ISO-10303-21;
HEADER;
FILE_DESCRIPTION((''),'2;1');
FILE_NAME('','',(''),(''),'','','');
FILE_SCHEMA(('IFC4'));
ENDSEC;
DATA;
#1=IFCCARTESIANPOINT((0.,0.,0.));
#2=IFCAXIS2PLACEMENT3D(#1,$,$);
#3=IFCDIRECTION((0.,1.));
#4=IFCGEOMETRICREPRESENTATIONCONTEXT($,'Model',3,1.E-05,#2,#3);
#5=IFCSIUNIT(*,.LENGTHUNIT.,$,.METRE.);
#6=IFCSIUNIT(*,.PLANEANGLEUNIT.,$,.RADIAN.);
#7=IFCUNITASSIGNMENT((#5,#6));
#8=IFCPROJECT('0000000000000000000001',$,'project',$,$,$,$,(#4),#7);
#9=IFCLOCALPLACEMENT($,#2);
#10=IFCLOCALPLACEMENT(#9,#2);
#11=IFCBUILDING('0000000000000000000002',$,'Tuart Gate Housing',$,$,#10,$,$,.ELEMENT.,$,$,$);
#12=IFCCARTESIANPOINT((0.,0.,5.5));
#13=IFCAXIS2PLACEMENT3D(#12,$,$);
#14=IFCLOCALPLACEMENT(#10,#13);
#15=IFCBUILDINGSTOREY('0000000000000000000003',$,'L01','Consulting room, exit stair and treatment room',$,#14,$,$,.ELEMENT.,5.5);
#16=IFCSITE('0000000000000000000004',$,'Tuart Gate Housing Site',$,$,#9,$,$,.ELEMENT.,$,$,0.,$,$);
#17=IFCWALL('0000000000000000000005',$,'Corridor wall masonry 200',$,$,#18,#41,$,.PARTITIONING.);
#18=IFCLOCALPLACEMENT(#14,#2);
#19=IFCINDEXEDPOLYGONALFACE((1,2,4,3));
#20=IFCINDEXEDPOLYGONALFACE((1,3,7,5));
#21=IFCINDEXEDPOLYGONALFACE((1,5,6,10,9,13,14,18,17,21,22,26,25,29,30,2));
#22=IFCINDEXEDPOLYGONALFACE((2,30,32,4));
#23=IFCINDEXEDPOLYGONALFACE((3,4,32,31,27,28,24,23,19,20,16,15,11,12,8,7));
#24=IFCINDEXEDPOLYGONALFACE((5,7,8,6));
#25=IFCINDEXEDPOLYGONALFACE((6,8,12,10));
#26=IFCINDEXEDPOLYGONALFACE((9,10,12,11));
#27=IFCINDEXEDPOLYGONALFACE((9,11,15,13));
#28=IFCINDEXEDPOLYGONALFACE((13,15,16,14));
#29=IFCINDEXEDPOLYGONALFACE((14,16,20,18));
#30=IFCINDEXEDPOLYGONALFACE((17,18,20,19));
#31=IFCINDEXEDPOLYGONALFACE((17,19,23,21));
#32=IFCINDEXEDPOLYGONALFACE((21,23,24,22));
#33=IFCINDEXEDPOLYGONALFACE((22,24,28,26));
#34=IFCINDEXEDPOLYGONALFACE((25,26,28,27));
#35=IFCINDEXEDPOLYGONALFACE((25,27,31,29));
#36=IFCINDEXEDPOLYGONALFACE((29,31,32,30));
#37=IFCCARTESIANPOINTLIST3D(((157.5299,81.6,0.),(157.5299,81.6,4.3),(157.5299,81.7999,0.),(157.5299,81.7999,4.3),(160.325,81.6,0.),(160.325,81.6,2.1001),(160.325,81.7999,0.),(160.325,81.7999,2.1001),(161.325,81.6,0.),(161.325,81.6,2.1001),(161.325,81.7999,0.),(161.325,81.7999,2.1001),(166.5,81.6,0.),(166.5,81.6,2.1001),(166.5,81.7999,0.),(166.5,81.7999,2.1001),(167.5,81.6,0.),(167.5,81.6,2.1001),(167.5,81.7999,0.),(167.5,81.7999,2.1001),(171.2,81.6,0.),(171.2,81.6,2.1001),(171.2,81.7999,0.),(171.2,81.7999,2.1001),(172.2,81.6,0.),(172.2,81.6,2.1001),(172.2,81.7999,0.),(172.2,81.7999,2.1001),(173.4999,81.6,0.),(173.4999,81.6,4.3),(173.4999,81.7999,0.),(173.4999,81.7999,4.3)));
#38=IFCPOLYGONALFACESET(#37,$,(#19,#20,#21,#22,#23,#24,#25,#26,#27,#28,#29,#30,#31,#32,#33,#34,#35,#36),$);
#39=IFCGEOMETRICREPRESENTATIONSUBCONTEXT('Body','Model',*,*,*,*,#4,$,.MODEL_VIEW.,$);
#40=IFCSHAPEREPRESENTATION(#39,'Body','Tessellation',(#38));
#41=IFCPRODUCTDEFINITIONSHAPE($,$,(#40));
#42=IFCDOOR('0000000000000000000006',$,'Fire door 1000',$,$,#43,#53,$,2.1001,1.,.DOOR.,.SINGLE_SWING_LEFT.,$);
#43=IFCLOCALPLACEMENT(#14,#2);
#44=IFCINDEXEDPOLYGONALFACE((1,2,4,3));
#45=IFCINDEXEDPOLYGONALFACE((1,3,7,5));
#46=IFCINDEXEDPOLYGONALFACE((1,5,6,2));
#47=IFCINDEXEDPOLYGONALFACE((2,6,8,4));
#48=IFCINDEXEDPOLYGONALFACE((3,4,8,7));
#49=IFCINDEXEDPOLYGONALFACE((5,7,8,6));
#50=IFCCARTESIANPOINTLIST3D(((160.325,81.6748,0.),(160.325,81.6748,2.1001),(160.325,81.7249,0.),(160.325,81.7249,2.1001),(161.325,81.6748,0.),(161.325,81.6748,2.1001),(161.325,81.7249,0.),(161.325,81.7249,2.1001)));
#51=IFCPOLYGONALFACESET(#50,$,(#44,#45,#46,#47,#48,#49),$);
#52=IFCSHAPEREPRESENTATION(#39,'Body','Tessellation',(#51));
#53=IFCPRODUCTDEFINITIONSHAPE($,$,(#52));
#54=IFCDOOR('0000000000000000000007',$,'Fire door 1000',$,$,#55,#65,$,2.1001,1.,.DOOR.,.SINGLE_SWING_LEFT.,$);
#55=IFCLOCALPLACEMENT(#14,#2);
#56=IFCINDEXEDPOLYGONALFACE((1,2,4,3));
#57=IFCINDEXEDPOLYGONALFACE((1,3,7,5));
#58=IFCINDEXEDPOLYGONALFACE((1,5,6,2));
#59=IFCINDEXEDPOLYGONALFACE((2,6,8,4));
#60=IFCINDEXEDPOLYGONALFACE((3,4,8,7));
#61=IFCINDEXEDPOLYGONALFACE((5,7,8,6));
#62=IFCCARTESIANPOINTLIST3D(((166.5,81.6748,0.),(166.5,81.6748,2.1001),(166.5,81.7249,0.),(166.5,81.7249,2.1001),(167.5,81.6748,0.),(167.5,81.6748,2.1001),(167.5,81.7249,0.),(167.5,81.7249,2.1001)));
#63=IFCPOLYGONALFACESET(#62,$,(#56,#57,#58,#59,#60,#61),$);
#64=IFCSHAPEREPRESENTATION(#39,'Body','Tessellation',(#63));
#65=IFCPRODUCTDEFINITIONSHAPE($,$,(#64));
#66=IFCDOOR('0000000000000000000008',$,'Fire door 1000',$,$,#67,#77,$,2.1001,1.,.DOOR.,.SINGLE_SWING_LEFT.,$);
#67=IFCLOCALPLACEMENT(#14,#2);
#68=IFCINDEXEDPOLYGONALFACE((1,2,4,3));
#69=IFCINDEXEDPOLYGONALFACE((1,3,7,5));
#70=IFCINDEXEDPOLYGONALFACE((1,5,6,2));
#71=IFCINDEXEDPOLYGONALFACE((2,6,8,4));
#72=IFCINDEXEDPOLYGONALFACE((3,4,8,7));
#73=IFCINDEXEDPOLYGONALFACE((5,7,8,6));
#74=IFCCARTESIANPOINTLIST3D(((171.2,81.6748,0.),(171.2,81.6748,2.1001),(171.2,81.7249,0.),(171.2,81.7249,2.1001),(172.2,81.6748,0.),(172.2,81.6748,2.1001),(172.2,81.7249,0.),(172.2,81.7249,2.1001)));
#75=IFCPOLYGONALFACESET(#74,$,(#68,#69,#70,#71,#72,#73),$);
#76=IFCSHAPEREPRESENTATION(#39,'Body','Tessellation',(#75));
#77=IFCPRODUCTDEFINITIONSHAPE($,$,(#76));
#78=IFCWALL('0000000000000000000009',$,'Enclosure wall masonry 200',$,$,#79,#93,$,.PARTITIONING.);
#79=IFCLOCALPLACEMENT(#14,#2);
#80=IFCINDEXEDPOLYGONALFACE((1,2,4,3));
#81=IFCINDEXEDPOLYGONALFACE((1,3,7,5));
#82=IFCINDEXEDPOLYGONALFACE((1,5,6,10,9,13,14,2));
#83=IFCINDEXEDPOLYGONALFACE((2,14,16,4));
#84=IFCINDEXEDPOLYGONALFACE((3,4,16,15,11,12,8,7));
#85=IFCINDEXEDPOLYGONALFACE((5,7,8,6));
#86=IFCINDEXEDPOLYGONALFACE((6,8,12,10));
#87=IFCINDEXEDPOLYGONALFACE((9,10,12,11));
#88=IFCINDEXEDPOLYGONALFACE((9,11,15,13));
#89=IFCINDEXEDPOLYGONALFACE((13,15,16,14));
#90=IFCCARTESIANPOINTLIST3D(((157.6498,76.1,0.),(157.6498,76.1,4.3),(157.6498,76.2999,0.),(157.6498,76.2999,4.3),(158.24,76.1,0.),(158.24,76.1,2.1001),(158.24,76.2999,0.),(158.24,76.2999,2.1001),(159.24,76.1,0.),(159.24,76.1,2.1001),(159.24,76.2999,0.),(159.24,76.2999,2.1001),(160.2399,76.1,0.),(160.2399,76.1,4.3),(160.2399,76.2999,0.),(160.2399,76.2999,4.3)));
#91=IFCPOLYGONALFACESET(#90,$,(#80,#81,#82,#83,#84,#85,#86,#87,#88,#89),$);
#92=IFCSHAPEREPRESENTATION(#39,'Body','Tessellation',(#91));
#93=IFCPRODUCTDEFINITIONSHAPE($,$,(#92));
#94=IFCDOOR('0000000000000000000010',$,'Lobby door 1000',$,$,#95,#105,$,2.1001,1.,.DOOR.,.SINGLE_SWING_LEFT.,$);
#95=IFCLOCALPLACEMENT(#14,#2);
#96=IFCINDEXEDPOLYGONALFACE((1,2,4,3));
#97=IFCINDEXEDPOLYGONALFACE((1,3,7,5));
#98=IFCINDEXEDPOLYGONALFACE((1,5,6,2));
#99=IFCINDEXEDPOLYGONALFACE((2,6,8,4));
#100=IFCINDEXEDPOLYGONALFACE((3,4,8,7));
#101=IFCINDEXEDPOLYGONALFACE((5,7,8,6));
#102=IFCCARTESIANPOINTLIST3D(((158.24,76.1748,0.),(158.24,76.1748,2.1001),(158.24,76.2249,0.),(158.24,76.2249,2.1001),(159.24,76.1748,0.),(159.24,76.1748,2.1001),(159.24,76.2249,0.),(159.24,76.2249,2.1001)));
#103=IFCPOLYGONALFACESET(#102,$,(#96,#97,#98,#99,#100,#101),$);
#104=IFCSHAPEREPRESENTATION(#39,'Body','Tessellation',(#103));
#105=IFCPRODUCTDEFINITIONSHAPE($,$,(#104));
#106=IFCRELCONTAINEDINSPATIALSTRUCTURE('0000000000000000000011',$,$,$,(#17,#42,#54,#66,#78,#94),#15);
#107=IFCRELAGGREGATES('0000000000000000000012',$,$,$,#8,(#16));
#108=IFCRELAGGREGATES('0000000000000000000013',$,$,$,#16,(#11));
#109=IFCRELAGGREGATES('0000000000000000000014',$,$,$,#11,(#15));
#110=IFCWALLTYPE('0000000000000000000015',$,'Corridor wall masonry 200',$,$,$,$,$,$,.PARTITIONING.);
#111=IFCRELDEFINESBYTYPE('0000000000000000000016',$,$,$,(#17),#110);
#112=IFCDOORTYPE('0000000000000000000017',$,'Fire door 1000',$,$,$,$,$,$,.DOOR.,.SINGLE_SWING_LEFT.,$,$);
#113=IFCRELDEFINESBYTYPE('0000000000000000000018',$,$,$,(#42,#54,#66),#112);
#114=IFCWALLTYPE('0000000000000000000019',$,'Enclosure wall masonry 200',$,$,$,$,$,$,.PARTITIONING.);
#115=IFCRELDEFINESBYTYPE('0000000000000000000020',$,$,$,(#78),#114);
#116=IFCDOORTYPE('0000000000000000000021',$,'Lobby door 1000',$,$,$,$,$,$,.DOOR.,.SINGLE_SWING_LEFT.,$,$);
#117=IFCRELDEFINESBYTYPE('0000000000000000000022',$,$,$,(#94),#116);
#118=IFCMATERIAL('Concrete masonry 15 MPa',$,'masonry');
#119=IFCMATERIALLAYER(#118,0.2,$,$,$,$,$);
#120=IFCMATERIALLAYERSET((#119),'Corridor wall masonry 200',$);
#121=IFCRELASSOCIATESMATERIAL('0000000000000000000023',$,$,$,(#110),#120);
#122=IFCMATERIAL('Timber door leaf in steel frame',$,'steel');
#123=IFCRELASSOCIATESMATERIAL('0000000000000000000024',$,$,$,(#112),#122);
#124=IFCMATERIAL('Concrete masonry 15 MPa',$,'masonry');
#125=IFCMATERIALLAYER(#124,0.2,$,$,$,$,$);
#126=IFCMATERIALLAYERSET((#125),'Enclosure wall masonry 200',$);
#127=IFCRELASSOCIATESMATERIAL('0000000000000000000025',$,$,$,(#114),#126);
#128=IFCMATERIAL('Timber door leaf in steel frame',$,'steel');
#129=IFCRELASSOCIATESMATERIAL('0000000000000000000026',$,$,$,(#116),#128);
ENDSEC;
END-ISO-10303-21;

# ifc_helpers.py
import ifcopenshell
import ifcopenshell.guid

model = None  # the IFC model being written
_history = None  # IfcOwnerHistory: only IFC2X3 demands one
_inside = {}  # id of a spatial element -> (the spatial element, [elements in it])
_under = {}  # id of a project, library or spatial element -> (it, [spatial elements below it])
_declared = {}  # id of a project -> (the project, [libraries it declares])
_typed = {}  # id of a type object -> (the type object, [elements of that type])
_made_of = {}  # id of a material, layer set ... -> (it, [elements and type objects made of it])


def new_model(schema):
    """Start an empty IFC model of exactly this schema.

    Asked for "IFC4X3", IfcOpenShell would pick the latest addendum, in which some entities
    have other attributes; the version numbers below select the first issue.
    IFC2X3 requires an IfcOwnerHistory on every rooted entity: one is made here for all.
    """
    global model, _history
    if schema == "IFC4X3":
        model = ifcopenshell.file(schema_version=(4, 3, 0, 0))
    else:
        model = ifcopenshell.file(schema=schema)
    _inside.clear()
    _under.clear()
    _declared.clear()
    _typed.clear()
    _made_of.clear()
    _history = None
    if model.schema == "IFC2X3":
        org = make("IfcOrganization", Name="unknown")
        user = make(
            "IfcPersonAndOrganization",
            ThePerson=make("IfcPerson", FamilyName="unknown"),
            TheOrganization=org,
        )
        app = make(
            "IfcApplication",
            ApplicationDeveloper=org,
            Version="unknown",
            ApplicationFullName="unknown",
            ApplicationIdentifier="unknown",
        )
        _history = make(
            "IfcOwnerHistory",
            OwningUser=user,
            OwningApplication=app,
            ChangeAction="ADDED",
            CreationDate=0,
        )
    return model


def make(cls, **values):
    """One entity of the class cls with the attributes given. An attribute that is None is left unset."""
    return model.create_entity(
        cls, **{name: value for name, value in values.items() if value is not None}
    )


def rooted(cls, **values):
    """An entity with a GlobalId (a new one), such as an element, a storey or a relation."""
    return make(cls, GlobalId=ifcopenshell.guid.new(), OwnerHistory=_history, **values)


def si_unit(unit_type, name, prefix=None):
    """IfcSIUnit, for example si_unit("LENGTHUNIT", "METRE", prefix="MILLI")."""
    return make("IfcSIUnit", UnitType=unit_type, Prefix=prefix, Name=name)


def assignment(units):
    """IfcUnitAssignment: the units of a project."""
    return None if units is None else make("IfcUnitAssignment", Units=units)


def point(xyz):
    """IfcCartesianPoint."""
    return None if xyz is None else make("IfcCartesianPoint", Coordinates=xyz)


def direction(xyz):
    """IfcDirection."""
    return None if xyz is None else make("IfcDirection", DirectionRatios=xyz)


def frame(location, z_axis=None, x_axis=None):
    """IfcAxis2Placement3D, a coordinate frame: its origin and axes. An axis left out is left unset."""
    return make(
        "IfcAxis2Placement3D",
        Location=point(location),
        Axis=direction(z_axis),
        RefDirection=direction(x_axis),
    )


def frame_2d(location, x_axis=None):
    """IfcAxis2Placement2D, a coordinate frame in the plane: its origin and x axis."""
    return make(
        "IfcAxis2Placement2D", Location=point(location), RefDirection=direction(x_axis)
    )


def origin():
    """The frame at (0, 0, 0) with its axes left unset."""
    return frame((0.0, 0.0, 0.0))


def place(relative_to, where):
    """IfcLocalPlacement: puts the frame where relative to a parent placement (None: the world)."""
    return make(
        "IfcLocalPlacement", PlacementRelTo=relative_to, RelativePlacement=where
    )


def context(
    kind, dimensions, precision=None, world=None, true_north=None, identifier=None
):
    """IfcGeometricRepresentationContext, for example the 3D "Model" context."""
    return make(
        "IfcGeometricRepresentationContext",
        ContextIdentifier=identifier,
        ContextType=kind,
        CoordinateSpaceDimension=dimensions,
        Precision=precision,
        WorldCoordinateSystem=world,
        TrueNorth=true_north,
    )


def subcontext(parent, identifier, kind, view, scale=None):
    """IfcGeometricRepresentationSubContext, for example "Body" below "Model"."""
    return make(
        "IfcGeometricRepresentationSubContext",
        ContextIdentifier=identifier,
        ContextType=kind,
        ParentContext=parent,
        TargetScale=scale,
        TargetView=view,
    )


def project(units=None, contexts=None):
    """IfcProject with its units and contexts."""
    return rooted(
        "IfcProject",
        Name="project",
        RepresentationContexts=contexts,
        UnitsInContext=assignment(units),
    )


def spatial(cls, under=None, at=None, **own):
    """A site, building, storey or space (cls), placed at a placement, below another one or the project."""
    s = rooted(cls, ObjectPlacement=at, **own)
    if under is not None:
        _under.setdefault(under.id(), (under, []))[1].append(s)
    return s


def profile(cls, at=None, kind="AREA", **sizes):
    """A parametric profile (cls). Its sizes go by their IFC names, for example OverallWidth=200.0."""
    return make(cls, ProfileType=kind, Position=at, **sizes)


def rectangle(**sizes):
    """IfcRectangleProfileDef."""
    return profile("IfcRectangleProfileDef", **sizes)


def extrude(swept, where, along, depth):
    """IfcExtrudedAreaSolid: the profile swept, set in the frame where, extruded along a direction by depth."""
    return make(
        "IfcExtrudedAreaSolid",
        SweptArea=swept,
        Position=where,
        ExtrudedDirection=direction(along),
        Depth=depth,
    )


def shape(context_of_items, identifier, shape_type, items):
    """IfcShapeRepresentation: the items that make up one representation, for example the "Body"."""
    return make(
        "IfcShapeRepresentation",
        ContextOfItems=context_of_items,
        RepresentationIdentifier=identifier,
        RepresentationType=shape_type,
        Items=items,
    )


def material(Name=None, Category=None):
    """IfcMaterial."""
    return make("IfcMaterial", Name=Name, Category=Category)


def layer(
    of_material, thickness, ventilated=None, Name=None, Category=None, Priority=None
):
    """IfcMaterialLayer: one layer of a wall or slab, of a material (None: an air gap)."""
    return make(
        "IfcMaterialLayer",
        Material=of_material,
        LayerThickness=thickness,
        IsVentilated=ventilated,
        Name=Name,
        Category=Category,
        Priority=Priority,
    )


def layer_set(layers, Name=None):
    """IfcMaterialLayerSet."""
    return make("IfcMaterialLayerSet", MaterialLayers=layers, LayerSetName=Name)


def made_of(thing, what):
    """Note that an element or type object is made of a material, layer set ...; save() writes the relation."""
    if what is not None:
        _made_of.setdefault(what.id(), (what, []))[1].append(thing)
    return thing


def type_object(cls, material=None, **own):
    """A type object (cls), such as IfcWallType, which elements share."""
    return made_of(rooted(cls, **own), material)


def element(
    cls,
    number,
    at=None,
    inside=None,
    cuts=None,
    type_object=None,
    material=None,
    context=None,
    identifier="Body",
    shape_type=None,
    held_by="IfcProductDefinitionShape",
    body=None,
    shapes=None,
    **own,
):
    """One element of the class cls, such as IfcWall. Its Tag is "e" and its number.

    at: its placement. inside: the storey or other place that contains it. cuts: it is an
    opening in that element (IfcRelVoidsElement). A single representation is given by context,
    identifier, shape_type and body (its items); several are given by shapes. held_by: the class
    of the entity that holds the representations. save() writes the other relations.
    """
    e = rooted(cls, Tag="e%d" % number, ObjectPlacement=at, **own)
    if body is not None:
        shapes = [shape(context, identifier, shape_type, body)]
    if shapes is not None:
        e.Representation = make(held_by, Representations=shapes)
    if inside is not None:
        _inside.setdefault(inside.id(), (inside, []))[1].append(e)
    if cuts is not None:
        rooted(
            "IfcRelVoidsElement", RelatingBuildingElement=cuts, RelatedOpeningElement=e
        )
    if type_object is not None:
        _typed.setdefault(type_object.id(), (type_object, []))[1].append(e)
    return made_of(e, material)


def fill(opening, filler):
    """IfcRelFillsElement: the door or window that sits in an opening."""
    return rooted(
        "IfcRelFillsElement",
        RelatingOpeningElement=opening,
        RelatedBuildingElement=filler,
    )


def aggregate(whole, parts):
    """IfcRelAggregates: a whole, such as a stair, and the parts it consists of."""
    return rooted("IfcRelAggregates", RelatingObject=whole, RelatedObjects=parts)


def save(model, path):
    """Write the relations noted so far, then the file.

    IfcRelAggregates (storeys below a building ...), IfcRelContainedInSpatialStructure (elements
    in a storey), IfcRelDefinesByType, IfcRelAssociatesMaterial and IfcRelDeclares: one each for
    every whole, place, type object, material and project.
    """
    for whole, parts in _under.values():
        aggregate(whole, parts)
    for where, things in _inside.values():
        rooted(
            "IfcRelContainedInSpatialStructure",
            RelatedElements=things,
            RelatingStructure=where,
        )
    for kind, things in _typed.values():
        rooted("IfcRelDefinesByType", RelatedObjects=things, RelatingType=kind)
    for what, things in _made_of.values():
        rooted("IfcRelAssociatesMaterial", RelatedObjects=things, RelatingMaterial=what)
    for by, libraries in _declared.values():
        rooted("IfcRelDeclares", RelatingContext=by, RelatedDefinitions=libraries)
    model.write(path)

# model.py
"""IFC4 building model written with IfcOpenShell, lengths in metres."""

from ifc_helpers import new_model, si_unit, direction, frame, frame_2d, origin, place, context, subcontext, project, spatial, rectangle, extrude, material, layer, layer_set, type_object, element, fill, save


model = new_model("IFC4")

# Units and contexts
model_context = context("Model", 3, precision=1e-05, world=origin(), true_north=direction((0.0, 1.0)))
body_context = subcontext(model_context, "Body", "Model", "MODEL_VIEW")
ifc_project = project(units=[si_unit("LENGTHUNIT", "METRE"), si_unit("PLANEANGLEUNIT", "RADIAN")], contexts=[model_context])

# Site, building, storey
site_placement = place(None, origin())
site = spatial("IfcSite", under=ifc_project, at=site_placement, Name="Tuart Gate Housing Site", CompositionType="ELEMENT", RefElevation=0.0)
building_placement = place(site_placement, origin())
building = spatial("IfcBuilding", under=site, at=building_placement, Name="Tuart Gate Housing", CompositionType="ELEMENT")
storey_placement = place(building_placement, frame((0.0, 0.0, 5.5)))
storey = spatial("IfcBuildingStorey", under=building, at=storey_placement, Name="L01", Description="Consulting room, exit stair and treatment room", CompositionType="ELEMENT", Elevation=5.5)

# Wall, openings, doors
ifc_material_1 = material(Name="Concrete masonry 15 MPa", Category="masonry")
ifc_layer_1 = layer(ifc_material_1, 0.2)
ifc_layer_set_1 = layer_set([ifc_layer_1], Name="Corridor wall masonry 200")
wall_type_1 = type_object("IfcWallType", Name="Corridor wall masonry 200", PredefinedType="PARTITIONING", material=ifc_layer_set_1)
wall_1_placement = place(storey_placement, frame((157.53, 81.7, 0.0), z_axis=(0.0, 0.0, 1.0), x_axis=(1.0, 0.0, 0.0)))
wall_1 = element("IfcWall", 1, at=wall_1_placement, inside=storey, type_object=wall_type_1, Name="Corridor wall masonry 200", PredefinedType="PARTITIONING", context=body_context, shape_type="SweptSolid", body=[
    extrude(rectangle(XDim=15.97, YDim=0.2, at=frame_2d((7.9849, 0.0))), origin(), (0.0, 0.0, 1.0), 4.3),
])
opening_1_placement = place(wall_1_placement, frame((2.7949, 0.0, 0.0)))
opening_1 = element("IfcOpeningElement", 2, at=opening_1_placement, cuts=wall_1, PredefinedType="OPENING", context=body_context, shape_type="SweptSolid", body=[
    extrude(rectangle(XDim=1.0, YDim=2.1001, at=frame_2d((0.5, 1.05))), frame((0.0, 0.1099, 0.0), z_axis=(0.0, -1.0, 0.0), x_axis=(1.0, 0.0, 0.0)), (0.0, 0.0, 1.0), 0.22),
])
opening_2_placement = place(wall_1_placement, frame((8.97, 0.0, 0.0)))
opening_2 = element("IfcOpeningElement", 3, at=opening_2_placement, cuts=wall_1, PredefinedType="OPENING", context=body_context, shape_type="SweptSolid", body=[
    extrude(rectangle(XDim=1.0, YDim=2.1001, at=frame_2d((0.5, 1.05))), frame((0.0, 0.1099, 0.0), z_axis=(0.0, -1.0, 0.0), x_axis=(1.0, 0.0, 0.0)), (0.0, 0.0, 1.0), 0.22),
])
opening_3_placement = place(wall_1_placement, frame((13.6699, 0.0, 0.0)))
opening_3 = element("IfcOpeningElement", 4, at=opening_3_placement, cuts=wall_1, PredefinedType="OPENING", context=body_context, shape_type="SweptSolid", body=[
    extrude(rectangle(XDim=1.0, YDim=2.1001, at=frame_2d((0.5, 1.05))), frame((0.0, 0.1099, 0.0), z_axis=(0.0, -1.0, 0.0), x_axis=(1.0, 0.0, 0.0)), (0.0, 0.0, 1.0), 0.22),
])
ifc_material_2 = material(Name="Timber door leaf in steel frame", Category="steel")
door_type_1 = type_object("IfcDoorType", Name="Fire door 1000", OperationType="SINGLE_SWING_LEFT", PredefinedType="DOOR", material=ifc_material_2)
door_1_placement = place(opening_1_placement, origin())
door_1 = element("IfcDoor", 5, at=door_1_placement, inside=storey, type_object=door_type_1, Name="Fire door 1000", OperationType="SINGLE_SWING_LEFT", OverallHeight=2.1001, OverallWidth=1.0, PredefinedType="DOOR", context=body_context, shape_type="SweptSolid", body=[
    extrude(rectangle(XDim=1.0, YDim=2.1001, at=frame_2d((0.5, 1.05))), frame((0.0, 0.0249, 0.0), z_axis=(0.0, -1.0, 0.0), x_axis=(1.0, 0.0, 0.0)), (0.0, 0.0, 1.0), 0.05),
])
fill(opening_1, door_1)
door_2_placement = place(opening_2_placement, origin())
door_2 = element("IfcDoor", 6, at=door_2_placement, inside=storey, type_object=door_type_1, Name="Fire door 1000", OperationType="SINGLE_SWING_LEFT", OverallHeight=2.1001, OverallWidth=1.0, PredefinedType="DOOR", context=body_context, shape_type="SweptSolid", body=[
    extrude(rectangle(XDim=1.0, YDim=2.1001, at=frame_2d((0.5, 1.05))), frame((0.0, 0.0249, 0.0), z_axis=(0.0, -1.0, 0.0), x_axis=(1.0, 0.0, 0.0)), (0.0, 0.0, 1.0), 0.05),
])
fill(opening_2, door_2)
door_3_placement = place(opening_3_placement, origin())
door_3 = element("IfcDoor", 7, at=door_3_placement, inside=storey, type_object=door_type_1, Name="Fire door 1000", OperationType="SINGLE_SWING_LEFT", OverallHeight=2.1001, OverallWidth=1.0, PredefinedType="DOOR", context=body_context, shape_type="SweptSolid", body=[
    extrude(rectangle(XDim=1.0, YDim=2.1001, at=frame_2d((0.5, 1.05))), frame((0.0, 0.0249, 0.0), z_axis=(0.0, -1.0, 0.0), x_axis=(1.0, 0.0, 0.0)), (0.0, 0.0, 1.0), 0.05),
])
fill(opening_3, door_3)

# Wall, opening, door
ifc_material_3 = material(Name="Concrete masonry 15 MPa", Category="masonry")
ifc_layer_2 = layer(ifc_material_3, 0.2)
ifc_layer_set_2 = layer_set([ifc_layer_2], Name="Enclosure wall masonry 200")
wall_type_2 = type_object("IfcWallType", Name="Enclosure wall masonry 200", PredefinedType="PARTITIONING", material=ifc_layer_set_2)
wall_2_placement = place(storey_placement, frame((157.6499, 76.2, 0.0), z_axis=(0.0, 0.0, 1.0), x_axis=(1.0, 0.0, 0.0)))
wall_2 = element("IfcWall", 8, at=wall_2_placement, inside=storey, type_object=wall_type_2, Name="Enclosure wall masonry 200", PredefinedType="PARTITIONING", context=body_context, shape_type="SweptSolid", body=[
    extrude(rectangle(XDim=2.5901, YDim=0.2, at=frame_2d((1.2949, 0.0))), origin(), (0.0, 0.0, 1.0), 4.3),
])
opening_4_placement = place(wall_2_placement, frame((0.5901, 0.0, 0.0)))
opening_4 = element("IfcOpeningElement", 9, at=opening_4_placement, cuts=wall_2, PredefinedType="OPENING", context=body_context, shape_type="SweptSolid", body=[
    extrude(rectangle(XDim=1.0, YDim=2.1001, at=frame_2d((0.5, 1.05))), frame((0.0, 0.1099, 0.0), z_axis=(0.0, -1.0, 0.0), x_axis=(1.0, 0.0, 0.0)), (0.0, 0.0, 1.0), 0.22),
])
ifc_material_4 = material(Name="Timber door leaf in steel frame", Category="steel")
door_type_2 = type_object("IfcDoorType", Name="Lobby door 1000", OperationType="SINGLE_SWING_LEFT", PredefinedType="DOOR", material=ifc_material_4)
door_4_placement = place(opening_4_placement, origin())
door_4 = element("IfcDoor", 10, at=door_4_placement, inside=storey, type_object=door_type_2, Name="Lobby door 1000", OperationType="SINGLE_SWING_LEFT", OverallHeight=2.1001, OverallWidth=1.0, PredefinedType="DOOR", context=body_context, shape_type="SweptSolid", body=[
    extrude(rectangle(XDim=1.0, YDim=2.1001, at=frame_2d((0.5, 1.05))), frame((0.0, 0.0249, 0.0), z_axis=(0.0, -1.0, 0.0), x_axis=(1.0, 0.0, 0.0)), (0.0, 0.0, 1.0), 0.05),
])
fill(opening_4, door_4)

save(model, "model.ifc")
